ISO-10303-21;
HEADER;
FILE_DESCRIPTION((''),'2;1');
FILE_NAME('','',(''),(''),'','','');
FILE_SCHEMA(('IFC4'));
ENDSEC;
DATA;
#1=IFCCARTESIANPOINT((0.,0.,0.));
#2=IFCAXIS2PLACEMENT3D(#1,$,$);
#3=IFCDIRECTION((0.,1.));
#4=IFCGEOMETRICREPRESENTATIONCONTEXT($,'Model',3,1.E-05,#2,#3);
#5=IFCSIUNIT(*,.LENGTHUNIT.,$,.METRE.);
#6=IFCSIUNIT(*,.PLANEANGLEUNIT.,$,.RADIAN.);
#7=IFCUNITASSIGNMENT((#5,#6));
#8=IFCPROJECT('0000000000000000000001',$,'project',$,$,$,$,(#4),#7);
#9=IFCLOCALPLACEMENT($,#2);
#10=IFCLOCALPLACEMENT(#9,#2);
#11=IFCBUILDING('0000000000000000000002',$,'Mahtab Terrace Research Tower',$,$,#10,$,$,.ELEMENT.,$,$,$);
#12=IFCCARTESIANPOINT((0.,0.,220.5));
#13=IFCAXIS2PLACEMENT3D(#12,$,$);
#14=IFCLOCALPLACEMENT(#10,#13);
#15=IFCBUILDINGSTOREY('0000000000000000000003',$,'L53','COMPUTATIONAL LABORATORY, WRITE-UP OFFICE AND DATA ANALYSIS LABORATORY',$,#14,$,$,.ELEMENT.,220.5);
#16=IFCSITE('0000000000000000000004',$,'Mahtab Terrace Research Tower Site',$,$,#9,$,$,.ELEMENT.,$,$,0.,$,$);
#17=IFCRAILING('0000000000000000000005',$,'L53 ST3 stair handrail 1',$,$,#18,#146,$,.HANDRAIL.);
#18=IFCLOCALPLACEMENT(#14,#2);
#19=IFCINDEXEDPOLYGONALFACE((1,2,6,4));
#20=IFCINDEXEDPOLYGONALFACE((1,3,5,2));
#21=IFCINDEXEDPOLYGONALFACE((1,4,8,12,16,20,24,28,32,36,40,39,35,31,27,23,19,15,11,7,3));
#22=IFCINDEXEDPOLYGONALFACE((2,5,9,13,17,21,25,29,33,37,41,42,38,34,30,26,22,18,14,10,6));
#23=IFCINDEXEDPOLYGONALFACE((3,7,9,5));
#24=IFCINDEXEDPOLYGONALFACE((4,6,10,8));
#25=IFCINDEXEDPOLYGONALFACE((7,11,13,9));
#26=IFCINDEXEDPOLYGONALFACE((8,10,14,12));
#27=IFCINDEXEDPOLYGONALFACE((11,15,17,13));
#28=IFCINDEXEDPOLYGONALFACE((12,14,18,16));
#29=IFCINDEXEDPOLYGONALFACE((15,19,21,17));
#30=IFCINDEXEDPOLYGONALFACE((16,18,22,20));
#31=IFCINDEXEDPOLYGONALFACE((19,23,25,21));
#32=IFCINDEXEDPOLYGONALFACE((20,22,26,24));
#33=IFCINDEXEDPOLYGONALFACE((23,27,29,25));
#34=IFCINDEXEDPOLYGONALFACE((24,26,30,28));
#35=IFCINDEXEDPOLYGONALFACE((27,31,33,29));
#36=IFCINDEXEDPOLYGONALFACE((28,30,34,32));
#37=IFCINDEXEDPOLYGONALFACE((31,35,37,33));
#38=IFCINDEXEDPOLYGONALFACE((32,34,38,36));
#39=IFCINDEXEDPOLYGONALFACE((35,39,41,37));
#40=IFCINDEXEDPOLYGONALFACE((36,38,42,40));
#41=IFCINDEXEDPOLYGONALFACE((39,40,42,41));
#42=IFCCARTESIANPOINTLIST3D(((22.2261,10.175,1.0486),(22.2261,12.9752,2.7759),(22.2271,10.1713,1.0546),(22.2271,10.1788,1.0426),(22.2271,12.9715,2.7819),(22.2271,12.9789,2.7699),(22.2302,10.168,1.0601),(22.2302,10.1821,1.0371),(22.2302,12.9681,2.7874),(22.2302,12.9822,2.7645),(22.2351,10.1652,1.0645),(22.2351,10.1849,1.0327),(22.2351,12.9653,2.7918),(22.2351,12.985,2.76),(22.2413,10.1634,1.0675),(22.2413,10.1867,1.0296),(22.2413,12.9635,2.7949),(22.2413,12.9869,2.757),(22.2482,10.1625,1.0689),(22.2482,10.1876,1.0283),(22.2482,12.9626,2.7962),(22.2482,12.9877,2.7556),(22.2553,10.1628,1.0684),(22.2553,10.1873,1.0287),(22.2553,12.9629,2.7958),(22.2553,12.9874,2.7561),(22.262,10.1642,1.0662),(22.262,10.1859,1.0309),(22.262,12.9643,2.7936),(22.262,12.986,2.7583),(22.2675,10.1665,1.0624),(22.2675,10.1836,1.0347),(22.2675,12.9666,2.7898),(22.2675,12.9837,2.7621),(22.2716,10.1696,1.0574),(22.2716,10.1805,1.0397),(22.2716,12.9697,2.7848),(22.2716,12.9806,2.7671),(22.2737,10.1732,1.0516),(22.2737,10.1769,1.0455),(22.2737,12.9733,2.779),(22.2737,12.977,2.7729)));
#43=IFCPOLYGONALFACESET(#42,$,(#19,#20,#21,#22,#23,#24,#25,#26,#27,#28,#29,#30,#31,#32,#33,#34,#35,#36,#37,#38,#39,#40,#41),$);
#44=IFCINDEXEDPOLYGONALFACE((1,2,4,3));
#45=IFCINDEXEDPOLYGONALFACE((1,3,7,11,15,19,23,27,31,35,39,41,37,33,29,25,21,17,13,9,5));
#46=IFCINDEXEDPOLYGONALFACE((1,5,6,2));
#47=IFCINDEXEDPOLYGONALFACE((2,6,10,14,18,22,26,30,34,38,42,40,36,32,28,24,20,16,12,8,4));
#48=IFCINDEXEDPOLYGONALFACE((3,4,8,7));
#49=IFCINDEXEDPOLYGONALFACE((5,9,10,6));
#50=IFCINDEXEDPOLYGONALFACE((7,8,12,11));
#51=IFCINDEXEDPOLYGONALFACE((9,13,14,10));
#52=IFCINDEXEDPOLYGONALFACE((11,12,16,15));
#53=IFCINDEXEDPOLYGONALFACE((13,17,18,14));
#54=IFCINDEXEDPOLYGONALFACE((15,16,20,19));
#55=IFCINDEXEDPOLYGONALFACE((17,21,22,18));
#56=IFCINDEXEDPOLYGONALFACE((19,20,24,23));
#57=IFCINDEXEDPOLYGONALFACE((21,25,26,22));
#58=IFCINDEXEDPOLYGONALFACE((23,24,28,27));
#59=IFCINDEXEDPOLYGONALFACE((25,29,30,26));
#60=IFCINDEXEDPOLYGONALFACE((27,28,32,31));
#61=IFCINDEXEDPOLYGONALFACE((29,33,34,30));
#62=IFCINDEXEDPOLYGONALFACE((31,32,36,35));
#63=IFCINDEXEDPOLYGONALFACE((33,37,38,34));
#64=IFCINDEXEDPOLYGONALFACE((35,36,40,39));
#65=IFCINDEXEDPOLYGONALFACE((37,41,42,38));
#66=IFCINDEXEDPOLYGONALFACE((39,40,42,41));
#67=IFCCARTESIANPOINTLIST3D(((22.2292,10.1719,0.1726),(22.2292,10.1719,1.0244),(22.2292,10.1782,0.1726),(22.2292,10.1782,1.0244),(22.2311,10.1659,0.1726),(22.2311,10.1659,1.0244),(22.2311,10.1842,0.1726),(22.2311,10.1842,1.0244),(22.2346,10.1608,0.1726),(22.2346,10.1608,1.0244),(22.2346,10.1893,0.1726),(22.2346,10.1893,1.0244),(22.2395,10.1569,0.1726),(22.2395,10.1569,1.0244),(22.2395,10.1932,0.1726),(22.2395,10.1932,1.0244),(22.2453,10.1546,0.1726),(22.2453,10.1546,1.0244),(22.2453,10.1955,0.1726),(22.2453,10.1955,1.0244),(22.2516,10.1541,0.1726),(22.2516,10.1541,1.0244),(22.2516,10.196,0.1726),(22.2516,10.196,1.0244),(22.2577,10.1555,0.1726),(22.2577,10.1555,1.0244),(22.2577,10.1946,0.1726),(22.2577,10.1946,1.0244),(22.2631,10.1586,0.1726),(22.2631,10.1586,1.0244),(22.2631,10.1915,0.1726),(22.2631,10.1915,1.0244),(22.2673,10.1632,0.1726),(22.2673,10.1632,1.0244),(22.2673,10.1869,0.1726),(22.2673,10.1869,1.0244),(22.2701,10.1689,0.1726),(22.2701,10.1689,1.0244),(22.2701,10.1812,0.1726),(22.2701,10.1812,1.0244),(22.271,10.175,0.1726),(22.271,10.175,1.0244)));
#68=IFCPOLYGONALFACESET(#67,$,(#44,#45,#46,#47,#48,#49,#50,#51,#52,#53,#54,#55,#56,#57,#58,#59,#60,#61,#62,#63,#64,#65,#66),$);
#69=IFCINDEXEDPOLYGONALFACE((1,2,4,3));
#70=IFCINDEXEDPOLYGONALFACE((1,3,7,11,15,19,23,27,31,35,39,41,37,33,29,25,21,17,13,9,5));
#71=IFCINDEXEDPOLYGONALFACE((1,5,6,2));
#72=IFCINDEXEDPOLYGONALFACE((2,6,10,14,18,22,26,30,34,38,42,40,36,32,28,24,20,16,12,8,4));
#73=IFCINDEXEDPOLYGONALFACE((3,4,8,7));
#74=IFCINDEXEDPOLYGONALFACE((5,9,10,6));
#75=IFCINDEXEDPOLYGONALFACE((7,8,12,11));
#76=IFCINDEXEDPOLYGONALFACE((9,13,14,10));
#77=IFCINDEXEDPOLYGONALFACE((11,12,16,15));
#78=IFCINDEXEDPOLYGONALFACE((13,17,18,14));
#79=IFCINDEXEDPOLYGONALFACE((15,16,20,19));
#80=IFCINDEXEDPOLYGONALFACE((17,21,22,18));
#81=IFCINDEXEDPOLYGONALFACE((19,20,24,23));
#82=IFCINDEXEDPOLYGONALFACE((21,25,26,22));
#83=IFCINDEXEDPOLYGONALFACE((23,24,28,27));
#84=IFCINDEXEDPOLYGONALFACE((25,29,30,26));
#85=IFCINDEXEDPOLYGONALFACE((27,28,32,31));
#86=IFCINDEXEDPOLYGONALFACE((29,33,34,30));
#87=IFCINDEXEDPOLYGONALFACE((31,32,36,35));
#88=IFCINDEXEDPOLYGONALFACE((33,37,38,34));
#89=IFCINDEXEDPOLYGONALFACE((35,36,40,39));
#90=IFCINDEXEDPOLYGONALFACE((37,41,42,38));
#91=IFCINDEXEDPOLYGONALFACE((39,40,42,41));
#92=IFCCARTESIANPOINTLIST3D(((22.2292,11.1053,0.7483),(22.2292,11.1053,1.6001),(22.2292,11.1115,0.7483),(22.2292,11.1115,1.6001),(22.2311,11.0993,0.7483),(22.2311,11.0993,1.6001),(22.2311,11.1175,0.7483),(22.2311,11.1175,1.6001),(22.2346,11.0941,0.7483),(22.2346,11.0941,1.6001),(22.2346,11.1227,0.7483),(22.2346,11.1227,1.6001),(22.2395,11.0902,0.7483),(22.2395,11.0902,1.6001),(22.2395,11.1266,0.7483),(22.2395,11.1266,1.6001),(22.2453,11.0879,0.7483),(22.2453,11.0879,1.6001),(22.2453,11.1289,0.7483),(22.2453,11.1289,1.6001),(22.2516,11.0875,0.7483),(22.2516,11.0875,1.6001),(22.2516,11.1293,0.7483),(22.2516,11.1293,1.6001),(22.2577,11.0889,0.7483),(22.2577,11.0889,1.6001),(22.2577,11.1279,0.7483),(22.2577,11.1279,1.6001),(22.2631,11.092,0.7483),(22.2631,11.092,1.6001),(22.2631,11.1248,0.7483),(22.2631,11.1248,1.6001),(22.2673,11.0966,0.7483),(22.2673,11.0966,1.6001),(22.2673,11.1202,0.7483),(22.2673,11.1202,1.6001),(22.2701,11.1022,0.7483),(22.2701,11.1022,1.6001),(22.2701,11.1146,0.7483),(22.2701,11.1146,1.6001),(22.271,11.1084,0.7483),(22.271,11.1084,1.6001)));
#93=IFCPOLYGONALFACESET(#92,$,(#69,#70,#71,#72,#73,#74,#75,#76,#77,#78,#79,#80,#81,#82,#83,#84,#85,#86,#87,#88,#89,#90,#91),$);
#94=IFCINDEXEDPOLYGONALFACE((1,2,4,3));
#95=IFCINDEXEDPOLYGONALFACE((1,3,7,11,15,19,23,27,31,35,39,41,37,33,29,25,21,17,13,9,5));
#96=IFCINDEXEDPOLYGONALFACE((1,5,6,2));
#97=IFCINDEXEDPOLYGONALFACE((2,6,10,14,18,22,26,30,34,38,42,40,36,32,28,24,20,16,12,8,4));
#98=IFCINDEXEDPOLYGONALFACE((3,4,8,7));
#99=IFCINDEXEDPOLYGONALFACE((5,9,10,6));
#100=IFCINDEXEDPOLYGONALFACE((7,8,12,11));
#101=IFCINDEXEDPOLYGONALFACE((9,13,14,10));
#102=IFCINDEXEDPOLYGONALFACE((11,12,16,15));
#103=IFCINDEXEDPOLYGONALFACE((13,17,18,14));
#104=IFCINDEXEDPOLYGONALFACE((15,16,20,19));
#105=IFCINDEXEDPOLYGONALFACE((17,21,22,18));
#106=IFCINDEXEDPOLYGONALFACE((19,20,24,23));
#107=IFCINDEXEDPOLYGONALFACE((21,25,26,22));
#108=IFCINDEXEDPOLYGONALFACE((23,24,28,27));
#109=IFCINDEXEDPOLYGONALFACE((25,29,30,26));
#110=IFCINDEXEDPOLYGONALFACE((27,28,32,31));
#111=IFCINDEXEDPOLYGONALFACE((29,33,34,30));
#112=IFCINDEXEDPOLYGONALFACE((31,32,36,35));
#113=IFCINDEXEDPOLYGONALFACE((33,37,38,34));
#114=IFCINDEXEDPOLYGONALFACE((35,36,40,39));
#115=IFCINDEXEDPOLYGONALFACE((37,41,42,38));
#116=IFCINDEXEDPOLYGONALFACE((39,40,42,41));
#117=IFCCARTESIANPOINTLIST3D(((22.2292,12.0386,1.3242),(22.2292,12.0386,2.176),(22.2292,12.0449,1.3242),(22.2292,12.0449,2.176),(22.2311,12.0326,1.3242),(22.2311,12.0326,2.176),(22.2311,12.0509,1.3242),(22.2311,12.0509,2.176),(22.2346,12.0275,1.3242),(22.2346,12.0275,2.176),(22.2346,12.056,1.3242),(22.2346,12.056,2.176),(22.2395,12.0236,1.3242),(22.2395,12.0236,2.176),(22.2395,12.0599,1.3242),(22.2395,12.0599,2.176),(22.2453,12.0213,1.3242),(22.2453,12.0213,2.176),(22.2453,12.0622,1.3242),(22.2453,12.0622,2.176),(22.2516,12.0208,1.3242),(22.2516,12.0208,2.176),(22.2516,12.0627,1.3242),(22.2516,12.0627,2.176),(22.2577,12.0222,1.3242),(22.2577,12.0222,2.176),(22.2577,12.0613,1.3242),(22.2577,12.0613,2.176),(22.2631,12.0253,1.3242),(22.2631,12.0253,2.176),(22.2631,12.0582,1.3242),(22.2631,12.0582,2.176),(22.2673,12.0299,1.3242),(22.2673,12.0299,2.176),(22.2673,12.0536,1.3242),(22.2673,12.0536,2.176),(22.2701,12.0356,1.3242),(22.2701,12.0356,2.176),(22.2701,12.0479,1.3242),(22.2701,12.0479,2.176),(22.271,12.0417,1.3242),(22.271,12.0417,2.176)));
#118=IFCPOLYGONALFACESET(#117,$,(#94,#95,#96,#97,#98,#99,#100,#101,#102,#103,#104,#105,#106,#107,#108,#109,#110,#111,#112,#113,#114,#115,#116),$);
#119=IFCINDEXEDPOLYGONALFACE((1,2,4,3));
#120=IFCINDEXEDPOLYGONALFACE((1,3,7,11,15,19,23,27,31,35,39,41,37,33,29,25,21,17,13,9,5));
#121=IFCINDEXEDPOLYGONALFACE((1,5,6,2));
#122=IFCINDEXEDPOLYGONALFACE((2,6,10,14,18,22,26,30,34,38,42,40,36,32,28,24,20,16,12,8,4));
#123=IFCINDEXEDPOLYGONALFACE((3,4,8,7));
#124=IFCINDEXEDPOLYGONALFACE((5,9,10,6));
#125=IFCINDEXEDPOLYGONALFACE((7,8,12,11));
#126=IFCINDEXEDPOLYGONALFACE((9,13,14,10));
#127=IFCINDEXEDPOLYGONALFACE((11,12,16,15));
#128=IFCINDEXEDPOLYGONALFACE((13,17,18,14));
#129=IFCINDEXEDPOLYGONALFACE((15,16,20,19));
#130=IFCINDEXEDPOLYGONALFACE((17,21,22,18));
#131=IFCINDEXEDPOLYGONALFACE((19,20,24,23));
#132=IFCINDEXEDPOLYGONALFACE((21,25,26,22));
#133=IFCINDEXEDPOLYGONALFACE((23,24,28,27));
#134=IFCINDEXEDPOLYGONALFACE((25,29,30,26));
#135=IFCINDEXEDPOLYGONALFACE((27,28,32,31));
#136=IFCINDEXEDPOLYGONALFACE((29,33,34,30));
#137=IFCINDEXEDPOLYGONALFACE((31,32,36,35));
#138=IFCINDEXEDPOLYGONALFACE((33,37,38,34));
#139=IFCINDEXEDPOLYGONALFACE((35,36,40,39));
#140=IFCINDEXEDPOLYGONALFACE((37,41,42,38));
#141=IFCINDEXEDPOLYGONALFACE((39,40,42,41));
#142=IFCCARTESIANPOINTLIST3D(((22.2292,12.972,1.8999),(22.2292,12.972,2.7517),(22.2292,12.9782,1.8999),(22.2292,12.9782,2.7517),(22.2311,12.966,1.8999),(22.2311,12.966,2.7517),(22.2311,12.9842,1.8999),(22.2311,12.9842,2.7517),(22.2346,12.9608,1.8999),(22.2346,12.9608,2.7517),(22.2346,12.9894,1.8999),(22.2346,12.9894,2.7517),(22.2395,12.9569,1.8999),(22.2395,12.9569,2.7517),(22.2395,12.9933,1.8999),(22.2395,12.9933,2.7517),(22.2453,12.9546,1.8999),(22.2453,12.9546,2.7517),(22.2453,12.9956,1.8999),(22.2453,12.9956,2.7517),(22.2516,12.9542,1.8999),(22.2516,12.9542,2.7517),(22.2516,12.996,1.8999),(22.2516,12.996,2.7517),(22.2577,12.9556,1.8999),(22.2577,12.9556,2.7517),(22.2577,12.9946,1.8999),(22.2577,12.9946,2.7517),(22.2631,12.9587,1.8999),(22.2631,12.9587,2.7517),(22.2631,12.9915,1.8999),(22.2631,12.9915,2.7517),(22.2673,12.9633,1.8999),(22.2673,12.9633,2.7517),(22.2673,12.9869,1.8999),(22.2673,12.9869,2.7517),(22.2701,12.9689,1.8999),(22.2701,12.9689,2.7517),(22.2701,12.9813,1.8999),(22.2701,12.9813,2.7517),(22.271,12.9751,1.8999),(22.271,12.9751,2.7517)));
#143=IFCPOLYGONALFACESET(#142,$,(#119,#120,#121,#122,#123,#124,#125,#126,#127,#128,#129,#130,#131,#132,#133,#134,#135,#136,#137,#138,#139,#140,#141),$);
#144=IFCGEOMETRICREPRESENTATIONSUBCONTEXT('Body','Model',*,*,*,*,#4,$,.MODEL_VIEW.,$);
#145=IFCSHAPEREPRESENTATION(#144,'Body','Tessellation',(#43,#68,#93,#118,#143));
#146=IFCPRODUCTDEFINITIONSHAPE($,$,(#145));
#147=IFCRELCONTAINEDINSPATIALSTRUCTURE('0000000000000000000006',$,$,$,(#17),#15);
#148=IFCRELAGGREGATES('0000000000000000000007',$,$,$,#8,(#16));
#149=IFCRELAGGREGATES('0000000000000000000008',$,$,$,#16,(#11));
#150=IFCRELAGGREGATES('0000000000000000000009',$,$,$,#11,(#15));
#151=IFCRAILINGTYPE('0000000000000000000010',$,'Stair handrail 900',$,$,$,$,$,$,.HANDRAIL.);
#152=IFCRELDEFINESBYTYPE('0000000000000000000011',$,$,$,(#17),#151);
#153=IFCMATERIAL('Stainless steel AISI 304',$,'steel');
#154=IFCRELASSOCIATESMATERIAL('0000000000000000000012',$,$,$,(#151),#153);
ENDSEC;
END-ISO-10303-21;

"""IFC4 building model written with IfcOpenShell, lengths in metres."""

from ifc_helpers import new_model, si_unit, direction, frame, origin, origin_2d, place, context, subcontext, project, spatial, circle, extrude, material, type_object, element, save


model = new_model("IFC4")

# Units and contexts
model_context = context("Model", 3, precision=1e-05, world=origin(), true_north=direction((0.0, 1.0)))
body_context = subcontext(model_context, "Body", "Model", "MODEL_VIEW")
ifc_project = project(units=[si_unit("LENGTHUNIT", "METRE"), si_unit("PLANEANGLEUNIT", "RADIAN")], contexts=[model_context])

# Site, building, storey
site_placement = place(None, origin())
site = spatial("IfcSite", under=ifc_project, at=site_placement, Name="Mahtab Terrace Research Tower Site", CompositionType="ELEMENT", RefElevation=0.0)
building_placement = place(site_placement, origin())
building = spatial("IfcBuilding", under=site, at=building_placement, Name="Mahtab Terrace Research Tower", CompositionType="ELEMENT")
storey_placement = place(building_placement, frame((0.0, 0.0, 220.5)))
storey = spatial("IfcBuildingStorey", under=building, at=storey_placement, Name="L53", Description="COMPUTATIONAL LABORATORY, WRITE-UP OFFICE AND DATA ANALYSIS LABORATORY", CompositionType="ELEMENT", Elevation=220.5)

# Railing
ifc_material_1 = material(Name="Stainless steel AISI 304", Category="steel")
railing_type_1 = type_object("IfcRailingType", Name="Stair handrail 900", PredefinedType="HANDRAIL", material=ifc_material_1)
railing_1_placement = place(storey_placement, frame((22.25, 10.175, 0.1726)))
element("IfcRailing", 1, at=railing_1_placement, inside=storey, type_object=railing_type_1, Name="L53 ST3 stair handrail 1", PredefinedType="HANDRAIL", context=body_context, shape_type="SweptSolid", body=[
    extrude(circle(Radius=0.0239, at=origin_2d()), frame((0.0, 0.0, 0.876), z_axis=(0.0, 0.85109, 0.52502), x_axis=(-1.0, 0.0, 0.0)), (0.0, 0.0, 1.0), 3.29),
    extrude(circle(Radius=0.021, at=origin_2d()), origin(), (0.0, 0.0, 1.0), 0.8518),
    extrude(circle(Radius=0.021, at=origin_2d()), frame((0.0, 0.9333, 0.5757)), (0.0, 0.0, 1.0), 0.8518),
    extrude(circle(Radius=0.021, at=origin_2d()), frame((0.0, 1.8667, 1.1516)), (0.0, 0.0, 1.0), 0.8518),
    extrude(circle(Radius=0.021, at=origin_2d()), frame((0.0, 2.8, 1.7273)), (0.0, 0.0, 1.0), 0.8518),
])

save(model, "model.ifc")
